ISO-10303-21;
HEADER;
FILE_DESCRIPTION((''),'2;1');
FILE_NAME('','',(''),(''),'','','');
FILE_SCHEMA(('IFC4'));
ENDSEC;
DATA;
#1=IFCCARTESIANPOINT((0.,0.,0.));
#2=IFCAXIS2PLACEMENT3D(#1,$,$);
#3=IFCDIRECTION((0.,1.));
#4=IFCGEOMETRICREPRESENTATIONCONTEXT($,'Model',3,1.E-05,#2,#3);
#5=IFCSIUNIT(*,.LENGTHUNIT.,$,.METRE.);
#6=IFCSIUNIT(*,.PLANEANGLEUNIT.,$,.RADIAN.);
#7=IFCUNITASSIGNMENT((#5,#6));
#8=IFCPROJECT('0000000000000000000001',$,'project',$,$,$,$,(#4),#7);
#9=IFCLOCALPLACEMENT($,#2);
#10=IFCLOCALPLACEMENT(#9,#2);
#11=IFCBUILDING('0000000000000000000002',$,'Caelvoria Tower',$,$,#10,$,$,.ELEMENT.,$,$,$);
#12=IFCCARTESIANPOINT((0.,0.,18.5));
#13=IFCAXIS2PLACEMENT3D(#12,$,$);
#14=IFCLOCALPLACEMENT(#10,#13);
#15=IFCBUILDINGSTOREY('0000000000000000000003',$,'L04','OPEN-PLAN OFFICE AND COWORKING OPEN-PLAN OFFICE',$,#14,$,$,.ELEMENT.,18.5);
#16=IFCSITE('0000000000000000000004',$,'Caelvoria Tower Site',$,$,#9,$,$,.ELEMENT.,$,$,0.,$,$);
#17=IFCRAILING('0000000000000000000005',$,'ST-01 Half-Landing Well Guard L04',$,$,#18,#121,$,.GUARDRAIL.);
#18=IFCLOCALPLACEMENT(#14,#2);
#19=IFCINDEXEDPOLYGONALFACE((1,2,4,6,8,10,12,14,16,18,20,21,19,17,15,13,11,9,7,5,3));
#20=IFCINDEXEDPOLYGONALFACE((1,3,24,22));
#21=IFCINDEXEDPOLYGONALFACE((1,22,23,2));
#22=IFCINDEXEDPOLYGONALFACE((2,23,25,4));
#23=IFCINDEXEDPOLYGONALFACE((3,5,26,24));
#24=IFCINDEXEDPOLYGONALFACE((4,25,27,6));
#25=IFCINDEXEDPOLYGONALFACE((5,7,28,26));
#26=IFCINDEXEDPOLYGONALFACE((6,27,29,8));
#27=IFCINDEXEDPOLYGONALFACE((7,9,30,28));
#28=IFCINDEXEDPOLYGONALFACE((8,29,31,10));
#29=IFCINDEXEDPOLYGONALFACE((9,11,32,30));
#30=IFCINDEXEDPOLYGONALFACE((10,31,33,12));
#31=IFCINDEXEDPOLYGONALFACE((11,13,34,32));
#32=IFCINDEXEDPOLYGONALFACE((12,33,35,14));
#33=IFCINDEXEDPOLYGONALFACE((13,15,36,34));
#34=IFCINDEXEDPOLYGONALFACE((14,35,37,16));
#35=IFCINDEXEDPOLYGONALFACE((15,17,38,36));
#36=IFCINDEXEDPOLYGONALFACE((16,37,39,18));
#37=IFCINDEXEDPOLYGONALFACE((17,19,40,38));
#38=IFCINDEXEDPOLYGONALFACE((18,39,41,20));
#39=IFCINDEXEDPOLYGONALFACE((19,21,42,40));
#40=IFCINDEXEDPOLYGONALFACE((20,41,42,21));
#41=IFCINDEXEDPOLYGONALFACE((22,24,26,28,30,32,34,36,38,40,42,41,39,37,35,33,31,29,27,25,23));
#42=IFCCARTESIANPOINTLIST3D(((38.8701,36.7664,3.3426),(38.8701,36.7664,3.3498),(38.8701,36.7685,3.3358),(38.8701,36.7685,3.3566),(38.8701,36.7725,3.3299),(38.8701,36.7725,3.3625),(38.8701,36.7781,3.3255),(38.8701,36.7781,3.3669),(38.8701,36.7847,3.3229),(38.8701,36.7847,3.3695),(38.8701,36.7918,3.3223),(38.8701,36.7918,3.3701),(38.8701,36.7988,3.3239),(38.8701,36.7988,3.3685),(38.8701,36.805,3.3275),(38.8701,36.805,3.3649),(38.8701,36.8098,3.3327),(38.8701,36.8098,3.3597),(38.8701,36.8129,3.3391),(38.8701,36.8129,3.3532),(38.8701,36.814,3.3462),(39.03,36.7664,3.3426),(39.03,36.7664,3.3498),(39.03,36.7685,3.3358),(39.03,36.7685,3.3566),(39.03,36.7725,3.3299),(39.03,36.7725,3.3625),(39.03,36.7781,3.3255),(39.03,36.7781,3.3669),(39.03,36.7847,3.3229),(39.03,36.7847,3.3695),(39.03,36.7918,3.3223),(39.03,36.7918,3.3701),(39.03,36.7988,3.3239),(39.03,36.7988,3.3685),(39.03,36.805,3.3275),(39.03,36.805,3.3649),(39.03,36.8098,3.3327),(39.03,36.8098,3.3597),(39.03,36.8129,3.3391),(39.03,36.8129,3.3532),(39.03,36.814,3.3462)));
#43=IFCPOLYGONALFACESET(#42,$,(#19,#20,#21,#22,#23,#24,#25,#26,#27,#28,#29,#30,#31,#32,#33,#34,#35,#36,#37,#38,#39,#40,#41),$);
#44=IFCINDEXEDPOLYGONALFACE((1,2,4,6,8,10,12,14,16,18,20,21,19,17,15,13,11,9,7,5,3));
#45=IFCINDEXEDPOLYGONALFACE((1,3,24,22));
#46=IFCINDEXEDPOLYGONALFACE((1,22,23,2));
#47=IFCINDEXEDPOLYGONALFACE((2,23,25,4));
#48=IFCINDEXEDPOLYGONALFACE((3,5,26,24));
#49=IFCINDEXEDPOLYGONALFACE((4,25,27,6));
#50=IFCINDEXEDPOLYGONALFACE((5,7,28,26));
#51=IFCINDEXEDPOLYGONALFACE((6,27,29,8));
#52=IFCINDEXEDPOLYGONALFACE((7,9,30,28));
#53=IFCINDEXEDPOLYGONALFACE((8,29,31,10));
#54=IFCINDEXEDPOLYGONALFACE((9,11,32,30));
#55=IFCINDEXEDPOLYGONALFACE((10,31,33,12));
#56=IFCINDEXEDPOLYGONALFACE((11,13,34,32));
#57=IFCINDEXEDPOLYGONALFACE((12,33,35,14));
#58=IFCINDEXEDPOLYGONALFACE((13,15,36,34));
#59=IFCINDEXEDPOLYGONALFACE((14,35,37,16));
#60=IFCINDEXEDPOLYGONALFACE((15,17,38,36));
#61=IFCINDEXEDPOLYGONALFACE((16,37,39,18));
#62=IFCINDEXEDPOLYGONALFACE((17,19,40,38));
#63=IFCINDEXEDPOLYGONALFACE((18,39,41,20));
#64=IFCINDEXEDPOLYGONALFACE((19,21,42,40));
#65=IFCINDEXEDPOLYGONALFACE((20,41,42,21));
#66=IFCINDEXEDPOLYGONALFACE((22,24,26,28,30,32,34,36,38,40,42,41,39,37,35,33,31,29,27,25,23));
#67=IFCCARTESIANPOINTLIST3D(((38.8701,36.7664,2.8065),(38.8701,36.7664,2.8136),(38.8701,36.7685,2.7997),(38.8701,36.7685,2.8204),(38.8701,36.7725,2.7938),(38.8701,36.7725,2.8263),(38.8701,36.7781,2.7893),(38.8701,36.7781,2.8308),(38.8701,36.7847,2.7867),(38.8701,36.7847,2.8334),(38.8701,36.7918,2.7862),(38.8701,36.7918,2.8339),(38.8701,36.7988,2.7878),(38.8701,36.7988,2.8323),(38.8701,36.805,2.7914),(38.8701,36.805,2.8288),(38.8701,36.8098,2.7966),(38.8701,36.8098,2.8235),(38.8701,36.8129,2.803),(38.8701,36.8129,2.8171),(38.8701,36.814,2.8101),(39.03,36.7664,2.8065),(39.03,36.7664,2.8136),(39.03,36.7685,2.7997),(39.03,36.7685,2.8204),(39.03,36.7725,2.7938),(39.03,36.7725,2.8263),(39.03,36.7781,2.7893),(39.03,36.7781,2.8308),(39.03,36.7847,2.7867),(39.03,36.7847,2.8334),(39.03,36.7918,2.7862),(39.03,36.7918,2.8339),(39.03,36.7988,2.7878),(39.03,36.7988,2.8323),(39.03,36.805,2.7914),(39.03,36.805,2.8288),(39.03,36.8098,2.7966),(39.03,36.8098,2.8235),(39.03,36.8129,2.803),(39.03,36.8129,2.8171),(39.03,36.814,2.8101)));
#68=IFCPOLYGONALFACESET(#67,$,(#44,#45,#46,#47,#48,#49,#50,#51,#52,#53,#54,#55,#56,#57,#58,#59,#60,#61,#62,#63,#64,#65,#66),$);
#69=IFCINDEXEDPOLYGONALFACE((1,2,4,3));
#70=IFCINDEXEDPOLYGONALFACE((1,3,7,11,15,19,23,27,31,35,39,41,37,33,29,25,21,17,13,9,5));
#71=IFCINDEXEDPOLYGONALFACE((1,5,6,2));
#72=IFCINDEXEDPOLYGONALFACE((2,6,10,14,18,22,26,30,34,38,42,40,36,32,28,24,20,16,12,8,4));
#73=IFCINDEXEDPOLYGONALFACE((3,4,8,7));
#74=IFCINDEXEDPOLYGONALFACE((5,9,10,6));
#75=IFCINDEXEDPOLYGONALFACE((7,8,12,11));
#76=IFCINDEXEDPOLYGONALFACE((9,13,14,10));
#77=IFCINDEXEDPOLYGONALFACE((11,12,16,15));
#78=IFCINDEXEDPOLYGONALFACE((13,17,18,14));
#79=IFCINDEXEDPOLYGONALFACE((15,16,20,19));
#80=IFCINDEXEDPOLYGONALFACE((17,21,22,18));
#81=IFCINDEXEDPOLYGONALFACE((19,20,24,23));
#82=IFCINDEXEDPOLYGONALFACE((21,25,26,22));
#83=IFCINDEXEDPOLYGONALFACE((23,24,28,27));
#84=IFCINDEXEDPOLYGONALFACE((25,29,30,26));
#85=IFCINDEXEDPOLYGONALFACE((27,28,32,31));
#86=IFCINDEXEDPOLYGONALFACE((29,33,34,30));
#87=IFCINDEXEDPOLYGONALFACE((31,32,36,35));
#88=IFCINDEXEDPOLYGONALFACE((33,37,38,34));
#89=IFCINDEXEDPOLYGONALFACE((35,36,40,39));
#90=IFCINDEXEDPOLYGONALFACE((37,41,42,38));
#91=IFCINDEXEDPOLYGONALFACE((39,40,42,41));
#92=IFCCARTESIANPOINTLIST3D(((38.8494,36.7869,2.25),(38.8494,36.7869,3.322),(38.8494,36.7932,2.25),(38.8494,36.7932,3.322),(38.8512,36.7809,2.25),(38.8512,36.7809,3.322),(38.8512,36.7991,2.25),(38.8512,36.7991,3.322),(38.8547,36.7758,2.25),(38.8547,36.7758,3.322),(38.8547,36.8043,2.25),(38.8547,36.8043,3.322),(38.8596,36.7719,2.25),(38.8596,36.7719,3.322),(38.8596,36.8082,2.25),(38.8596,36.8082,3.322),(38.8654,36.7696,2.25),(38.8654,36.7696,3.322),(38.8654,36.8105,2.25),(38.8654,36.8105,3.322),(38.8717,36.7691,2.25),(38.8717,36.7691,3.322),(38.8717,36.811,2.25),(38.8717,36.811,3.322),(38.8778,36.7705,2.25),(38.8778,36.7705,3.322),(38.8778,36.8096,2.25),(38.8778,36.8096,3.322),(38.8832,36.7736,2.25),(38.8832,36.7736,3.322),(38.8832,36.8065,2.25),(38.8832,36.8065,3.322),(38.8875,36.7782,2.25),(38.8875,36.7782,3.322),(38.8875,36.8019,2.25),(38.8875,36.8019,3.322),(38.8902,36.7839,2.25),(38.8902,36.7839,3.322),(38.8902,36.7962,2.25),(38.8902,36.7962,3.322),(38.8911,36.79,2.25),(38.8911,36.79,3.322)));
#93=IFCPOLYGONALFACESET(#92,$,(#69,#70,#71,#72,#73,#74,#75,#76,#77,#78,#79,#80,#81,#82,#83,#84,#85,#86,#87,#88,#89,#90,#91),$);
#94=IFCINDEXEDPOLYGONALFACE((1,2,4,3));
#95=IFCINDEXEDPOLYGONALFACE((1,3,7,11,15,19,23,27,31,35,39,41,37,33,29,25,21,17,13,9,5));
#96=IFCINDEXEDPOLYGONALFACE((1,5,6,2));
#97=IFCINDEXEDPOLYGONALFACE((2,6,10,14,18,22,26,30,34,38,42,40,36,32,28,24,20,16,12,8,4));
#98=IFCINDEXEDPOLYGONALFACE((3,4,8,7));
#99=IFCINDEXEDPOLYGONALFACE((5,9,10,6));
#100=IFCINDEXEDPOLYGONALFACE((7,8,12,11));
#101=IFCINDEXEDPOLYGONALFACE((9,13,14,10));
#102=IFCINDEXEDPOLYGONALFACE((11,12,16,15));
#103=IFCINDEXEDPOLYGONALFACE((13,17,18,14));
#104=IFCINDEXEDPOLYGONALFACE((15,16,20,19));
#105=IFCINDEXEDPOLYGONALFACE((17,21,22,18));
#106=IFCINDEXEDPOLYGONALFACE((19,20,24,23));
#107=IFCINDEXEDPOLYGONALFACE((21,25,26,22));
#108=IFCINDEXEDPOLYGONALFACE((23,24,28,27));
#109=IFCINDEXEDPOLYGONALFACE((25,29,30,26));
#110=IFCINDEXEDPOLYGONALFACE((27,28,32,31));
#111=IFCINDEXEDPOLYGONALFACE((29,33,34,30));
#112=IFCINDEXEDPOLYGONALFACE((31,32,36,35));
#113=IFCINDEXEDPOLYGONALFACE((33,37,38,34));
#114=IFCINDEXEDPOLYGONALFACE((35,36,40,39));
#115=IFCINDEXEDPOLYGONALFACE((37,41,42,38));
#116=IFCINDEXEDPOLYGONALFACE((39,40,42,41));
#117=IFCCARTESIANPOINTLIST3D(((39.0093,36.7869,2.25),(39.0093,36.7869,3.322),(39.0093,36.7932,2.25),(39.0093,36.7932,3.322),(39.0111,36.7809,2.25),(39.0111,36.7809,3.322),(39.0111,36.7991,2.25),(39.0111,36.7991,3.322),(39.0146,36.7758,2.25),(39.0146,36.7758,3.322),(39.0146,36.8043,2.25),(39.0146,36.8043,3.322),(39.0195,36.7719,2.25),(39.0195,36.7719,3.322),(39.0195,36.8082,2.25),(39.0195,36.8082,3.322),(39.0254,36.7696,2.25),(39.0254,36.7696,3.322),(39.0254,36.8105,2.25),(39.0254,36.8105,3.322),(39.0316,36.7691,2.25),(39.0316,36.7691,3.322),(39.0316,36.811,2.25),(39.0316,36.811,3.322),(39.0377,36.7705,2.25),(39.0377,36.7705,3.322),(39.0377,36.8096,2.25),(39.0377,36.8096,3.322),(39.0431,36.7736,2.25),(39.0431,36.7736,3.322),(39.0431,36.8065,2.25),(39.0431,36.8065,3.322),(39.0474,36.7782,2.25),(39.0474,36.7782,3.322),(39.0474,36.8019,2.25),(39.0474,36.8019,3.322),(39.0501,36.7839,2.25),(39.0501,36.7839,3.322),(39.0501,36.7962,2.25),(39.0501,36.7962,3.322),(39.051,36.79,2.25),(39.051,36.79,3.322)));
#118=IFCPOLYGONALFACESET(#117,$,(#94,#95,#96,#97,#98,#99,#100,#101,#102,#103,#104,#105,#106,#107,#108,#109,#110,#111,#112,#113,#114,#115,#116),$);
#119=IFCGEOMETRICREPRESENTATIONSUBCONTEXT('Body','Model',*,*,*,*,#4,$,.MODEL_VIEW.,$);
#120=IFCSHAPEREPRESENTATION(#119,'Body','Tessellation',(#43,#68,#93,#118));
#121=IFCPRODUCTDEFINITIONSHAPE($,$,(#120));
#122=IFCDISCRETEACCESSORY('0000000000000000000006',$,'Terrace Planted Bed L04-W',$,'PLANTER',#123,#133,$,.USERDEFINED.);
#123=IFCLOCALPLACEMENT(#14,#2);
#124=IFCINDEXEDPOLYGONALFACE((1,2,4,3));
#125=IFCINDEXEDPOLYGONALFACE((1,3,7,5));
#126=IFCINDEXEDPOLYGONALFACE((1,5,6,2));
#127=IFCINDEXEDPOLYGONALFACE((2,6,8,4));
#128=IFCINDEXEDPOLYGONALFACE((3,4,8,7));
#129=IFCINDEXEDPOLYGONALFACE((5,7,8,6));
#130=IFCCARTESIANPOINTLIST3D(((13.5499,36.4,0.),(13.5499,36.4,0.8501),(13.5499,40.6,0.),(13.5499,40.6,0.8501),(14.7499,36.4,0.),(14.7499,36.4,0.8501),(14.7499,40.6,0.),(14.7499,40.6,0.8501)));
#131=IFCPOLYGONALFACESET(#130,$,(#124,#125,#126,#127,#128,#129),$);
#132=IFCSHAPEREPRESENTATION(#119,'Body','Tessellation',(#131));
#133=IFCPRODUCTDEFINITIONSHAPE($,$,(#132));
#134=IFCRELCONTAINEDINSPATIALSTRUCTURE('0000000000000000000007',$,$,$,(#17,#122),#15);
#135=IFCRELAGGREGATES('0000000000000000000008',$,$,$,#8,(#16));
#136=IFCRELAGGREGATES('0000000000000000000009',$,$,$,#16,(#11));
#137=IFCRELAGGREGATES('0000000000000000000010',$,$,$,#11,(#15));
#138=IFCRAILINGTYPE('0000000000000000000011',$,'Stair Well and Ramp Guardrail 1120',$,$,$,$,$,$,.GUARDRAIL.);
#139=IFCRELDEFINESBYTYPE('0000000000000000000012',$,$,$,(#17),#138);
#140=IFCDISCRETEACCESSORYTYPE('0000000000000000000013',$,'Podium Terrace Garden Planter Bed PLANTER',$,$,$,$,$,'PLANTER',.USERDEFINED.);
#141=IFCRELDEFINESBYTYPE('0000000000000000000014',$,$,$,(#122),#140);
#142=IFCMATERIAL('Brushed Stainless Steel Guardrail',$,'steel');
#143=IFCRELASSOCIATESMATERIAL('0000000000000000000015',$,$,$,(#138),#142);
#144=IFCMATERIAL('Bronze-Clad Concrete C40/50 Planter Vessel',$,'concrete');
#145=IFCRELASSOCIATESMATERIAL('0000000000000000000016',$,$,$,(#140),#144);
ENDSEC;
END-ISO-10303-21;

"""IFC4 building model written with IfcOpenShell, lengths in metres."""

from ifc_helpers import new_model, si_unit, direction, frame, origin, origin_2d, place, context, subcontext, project, spatial, rectangle, circle, extrude, material, type_object, element, save


model = new_model("IFC4")

# Units and contexts
model_context = context("Model", 3, precision=1e-05, world=origin(), true_north=direction((0.0, 1.0)))
body_context = subcontext(model_context, "Body", "Model", "MODEL_VIEW")
ifc_project = project(units=[si_unit("LENGTHUNIT", "METRE"), si_unit("PLANEANGLEUNIT", "RADIAN")], contexts=[model_context])

# Site, building, storey
site_placement = place(None, origin())
site = spatial("IfcSite", under=ifc_project, at=site_placement, Name="Caelvoria Tower Site", CompositionType="ELEMENT", RefElevation=0.0)
building_placement = place(site_placement, origin())
building = spatial("IfcBuilding", under=site, at=building_placement, Name="Caelvoria Tower", CompositionType="ELEMENT")
storey_placement = place(building_placement, frame((0.0, 0.0, 18.5)))
storey = spatial("IfcBuildingStorey", under=building, at=storey_placement, Name="L04", Description="OPEN-PLAN OFFICE AND COWORKING OPEN-PLAN OFFICE", CompositionType="ELEMENT", Elevation=18.5)

# Railing
ifc_material_1 = material(Name="Brushed Stainless Steel Guardrail", Category="steel")
railing_type_1 = type_object("IfcRailingType", Name="Stair Well and Ramp Guardrail 1120", PredefinedType="GUARDRAIL", material=ifc_material_1)
railing_1_placement = place(storey_placement, frame((38.8701, 36.79, 2.25)))
element("IfcRailing", 1, at=railing_1_placement, inside=storey, type_object=railing_type_1, Name="ST-01 Half-Landing Well Guard L04", PredefinedType="GUARDRAIL", context=body_context, shape_type="SweptSolid", body=[
    extrude(circle(Radius=0.0239, at=origin_2d()), frame((0.0, 0.0, 1.0962), z_axis=(1.0, 0.0, 0.0), x_axis=(0.0, 1.0, 0.0)), (0.0, 0.0, 1.0), 0.1599),
    extrude(circle(Radius=0.0239, at=origin_2d()), frame((0.0, 0.0, 0.5601), z_axis=(1.0, 0.0, 0.0), x_axis=(0.0, 1.0, 0.0)), (0.0, 0.0, 1.0), 0.1599),
    extrude(circle(Radius=0.021, at=origin_2d()), origin(), (0.0, 0.0, 1.0), 1.072),
    extrude(circle(Radius=0.021, at=origin_2d()), frame((0.1599, 0.0, 0.0)), (0.0, 0.0, 1.0), 1.072),
])

# Discrete accessory
ifc_material_2 = material(Name="Bronze-Clad Concrete C40/50 Planter Vessel", Category="concrete")
discrete_accessory_type = type_object("IfcDiscreteAccessoryType", Name="Podium Terrace Garden Planter Bed PLANTER", ElementType="PLANTER", PredefinedType="USERDEFINED", material=ifc_material_2)
discrete_accessory_placement = place(storey_placement, frame((14.1499, 38.5, 0.0), z_axis=(0.0, 0.0, 1.0), x_axis=(1.0, 0.0, 0.0)))
element("IfcDiscreteAccessory", 2, at=discrete_accessory_placement, inside=storey, type_object=discrete_accessory_type, Name="Terrace Planted Bed L04-W", ObjectType="PLANTER", PredefinedType="USERDEFINED", context=body_context, shape_type="SweptSolid", body=[
    extrude(rectangle(XDim=1.2, YDim=4.2, at=origin_2d()), origin(), (0.0, 0.0, 1.0), 0.8501),
])

save(model, "model.ifc")
